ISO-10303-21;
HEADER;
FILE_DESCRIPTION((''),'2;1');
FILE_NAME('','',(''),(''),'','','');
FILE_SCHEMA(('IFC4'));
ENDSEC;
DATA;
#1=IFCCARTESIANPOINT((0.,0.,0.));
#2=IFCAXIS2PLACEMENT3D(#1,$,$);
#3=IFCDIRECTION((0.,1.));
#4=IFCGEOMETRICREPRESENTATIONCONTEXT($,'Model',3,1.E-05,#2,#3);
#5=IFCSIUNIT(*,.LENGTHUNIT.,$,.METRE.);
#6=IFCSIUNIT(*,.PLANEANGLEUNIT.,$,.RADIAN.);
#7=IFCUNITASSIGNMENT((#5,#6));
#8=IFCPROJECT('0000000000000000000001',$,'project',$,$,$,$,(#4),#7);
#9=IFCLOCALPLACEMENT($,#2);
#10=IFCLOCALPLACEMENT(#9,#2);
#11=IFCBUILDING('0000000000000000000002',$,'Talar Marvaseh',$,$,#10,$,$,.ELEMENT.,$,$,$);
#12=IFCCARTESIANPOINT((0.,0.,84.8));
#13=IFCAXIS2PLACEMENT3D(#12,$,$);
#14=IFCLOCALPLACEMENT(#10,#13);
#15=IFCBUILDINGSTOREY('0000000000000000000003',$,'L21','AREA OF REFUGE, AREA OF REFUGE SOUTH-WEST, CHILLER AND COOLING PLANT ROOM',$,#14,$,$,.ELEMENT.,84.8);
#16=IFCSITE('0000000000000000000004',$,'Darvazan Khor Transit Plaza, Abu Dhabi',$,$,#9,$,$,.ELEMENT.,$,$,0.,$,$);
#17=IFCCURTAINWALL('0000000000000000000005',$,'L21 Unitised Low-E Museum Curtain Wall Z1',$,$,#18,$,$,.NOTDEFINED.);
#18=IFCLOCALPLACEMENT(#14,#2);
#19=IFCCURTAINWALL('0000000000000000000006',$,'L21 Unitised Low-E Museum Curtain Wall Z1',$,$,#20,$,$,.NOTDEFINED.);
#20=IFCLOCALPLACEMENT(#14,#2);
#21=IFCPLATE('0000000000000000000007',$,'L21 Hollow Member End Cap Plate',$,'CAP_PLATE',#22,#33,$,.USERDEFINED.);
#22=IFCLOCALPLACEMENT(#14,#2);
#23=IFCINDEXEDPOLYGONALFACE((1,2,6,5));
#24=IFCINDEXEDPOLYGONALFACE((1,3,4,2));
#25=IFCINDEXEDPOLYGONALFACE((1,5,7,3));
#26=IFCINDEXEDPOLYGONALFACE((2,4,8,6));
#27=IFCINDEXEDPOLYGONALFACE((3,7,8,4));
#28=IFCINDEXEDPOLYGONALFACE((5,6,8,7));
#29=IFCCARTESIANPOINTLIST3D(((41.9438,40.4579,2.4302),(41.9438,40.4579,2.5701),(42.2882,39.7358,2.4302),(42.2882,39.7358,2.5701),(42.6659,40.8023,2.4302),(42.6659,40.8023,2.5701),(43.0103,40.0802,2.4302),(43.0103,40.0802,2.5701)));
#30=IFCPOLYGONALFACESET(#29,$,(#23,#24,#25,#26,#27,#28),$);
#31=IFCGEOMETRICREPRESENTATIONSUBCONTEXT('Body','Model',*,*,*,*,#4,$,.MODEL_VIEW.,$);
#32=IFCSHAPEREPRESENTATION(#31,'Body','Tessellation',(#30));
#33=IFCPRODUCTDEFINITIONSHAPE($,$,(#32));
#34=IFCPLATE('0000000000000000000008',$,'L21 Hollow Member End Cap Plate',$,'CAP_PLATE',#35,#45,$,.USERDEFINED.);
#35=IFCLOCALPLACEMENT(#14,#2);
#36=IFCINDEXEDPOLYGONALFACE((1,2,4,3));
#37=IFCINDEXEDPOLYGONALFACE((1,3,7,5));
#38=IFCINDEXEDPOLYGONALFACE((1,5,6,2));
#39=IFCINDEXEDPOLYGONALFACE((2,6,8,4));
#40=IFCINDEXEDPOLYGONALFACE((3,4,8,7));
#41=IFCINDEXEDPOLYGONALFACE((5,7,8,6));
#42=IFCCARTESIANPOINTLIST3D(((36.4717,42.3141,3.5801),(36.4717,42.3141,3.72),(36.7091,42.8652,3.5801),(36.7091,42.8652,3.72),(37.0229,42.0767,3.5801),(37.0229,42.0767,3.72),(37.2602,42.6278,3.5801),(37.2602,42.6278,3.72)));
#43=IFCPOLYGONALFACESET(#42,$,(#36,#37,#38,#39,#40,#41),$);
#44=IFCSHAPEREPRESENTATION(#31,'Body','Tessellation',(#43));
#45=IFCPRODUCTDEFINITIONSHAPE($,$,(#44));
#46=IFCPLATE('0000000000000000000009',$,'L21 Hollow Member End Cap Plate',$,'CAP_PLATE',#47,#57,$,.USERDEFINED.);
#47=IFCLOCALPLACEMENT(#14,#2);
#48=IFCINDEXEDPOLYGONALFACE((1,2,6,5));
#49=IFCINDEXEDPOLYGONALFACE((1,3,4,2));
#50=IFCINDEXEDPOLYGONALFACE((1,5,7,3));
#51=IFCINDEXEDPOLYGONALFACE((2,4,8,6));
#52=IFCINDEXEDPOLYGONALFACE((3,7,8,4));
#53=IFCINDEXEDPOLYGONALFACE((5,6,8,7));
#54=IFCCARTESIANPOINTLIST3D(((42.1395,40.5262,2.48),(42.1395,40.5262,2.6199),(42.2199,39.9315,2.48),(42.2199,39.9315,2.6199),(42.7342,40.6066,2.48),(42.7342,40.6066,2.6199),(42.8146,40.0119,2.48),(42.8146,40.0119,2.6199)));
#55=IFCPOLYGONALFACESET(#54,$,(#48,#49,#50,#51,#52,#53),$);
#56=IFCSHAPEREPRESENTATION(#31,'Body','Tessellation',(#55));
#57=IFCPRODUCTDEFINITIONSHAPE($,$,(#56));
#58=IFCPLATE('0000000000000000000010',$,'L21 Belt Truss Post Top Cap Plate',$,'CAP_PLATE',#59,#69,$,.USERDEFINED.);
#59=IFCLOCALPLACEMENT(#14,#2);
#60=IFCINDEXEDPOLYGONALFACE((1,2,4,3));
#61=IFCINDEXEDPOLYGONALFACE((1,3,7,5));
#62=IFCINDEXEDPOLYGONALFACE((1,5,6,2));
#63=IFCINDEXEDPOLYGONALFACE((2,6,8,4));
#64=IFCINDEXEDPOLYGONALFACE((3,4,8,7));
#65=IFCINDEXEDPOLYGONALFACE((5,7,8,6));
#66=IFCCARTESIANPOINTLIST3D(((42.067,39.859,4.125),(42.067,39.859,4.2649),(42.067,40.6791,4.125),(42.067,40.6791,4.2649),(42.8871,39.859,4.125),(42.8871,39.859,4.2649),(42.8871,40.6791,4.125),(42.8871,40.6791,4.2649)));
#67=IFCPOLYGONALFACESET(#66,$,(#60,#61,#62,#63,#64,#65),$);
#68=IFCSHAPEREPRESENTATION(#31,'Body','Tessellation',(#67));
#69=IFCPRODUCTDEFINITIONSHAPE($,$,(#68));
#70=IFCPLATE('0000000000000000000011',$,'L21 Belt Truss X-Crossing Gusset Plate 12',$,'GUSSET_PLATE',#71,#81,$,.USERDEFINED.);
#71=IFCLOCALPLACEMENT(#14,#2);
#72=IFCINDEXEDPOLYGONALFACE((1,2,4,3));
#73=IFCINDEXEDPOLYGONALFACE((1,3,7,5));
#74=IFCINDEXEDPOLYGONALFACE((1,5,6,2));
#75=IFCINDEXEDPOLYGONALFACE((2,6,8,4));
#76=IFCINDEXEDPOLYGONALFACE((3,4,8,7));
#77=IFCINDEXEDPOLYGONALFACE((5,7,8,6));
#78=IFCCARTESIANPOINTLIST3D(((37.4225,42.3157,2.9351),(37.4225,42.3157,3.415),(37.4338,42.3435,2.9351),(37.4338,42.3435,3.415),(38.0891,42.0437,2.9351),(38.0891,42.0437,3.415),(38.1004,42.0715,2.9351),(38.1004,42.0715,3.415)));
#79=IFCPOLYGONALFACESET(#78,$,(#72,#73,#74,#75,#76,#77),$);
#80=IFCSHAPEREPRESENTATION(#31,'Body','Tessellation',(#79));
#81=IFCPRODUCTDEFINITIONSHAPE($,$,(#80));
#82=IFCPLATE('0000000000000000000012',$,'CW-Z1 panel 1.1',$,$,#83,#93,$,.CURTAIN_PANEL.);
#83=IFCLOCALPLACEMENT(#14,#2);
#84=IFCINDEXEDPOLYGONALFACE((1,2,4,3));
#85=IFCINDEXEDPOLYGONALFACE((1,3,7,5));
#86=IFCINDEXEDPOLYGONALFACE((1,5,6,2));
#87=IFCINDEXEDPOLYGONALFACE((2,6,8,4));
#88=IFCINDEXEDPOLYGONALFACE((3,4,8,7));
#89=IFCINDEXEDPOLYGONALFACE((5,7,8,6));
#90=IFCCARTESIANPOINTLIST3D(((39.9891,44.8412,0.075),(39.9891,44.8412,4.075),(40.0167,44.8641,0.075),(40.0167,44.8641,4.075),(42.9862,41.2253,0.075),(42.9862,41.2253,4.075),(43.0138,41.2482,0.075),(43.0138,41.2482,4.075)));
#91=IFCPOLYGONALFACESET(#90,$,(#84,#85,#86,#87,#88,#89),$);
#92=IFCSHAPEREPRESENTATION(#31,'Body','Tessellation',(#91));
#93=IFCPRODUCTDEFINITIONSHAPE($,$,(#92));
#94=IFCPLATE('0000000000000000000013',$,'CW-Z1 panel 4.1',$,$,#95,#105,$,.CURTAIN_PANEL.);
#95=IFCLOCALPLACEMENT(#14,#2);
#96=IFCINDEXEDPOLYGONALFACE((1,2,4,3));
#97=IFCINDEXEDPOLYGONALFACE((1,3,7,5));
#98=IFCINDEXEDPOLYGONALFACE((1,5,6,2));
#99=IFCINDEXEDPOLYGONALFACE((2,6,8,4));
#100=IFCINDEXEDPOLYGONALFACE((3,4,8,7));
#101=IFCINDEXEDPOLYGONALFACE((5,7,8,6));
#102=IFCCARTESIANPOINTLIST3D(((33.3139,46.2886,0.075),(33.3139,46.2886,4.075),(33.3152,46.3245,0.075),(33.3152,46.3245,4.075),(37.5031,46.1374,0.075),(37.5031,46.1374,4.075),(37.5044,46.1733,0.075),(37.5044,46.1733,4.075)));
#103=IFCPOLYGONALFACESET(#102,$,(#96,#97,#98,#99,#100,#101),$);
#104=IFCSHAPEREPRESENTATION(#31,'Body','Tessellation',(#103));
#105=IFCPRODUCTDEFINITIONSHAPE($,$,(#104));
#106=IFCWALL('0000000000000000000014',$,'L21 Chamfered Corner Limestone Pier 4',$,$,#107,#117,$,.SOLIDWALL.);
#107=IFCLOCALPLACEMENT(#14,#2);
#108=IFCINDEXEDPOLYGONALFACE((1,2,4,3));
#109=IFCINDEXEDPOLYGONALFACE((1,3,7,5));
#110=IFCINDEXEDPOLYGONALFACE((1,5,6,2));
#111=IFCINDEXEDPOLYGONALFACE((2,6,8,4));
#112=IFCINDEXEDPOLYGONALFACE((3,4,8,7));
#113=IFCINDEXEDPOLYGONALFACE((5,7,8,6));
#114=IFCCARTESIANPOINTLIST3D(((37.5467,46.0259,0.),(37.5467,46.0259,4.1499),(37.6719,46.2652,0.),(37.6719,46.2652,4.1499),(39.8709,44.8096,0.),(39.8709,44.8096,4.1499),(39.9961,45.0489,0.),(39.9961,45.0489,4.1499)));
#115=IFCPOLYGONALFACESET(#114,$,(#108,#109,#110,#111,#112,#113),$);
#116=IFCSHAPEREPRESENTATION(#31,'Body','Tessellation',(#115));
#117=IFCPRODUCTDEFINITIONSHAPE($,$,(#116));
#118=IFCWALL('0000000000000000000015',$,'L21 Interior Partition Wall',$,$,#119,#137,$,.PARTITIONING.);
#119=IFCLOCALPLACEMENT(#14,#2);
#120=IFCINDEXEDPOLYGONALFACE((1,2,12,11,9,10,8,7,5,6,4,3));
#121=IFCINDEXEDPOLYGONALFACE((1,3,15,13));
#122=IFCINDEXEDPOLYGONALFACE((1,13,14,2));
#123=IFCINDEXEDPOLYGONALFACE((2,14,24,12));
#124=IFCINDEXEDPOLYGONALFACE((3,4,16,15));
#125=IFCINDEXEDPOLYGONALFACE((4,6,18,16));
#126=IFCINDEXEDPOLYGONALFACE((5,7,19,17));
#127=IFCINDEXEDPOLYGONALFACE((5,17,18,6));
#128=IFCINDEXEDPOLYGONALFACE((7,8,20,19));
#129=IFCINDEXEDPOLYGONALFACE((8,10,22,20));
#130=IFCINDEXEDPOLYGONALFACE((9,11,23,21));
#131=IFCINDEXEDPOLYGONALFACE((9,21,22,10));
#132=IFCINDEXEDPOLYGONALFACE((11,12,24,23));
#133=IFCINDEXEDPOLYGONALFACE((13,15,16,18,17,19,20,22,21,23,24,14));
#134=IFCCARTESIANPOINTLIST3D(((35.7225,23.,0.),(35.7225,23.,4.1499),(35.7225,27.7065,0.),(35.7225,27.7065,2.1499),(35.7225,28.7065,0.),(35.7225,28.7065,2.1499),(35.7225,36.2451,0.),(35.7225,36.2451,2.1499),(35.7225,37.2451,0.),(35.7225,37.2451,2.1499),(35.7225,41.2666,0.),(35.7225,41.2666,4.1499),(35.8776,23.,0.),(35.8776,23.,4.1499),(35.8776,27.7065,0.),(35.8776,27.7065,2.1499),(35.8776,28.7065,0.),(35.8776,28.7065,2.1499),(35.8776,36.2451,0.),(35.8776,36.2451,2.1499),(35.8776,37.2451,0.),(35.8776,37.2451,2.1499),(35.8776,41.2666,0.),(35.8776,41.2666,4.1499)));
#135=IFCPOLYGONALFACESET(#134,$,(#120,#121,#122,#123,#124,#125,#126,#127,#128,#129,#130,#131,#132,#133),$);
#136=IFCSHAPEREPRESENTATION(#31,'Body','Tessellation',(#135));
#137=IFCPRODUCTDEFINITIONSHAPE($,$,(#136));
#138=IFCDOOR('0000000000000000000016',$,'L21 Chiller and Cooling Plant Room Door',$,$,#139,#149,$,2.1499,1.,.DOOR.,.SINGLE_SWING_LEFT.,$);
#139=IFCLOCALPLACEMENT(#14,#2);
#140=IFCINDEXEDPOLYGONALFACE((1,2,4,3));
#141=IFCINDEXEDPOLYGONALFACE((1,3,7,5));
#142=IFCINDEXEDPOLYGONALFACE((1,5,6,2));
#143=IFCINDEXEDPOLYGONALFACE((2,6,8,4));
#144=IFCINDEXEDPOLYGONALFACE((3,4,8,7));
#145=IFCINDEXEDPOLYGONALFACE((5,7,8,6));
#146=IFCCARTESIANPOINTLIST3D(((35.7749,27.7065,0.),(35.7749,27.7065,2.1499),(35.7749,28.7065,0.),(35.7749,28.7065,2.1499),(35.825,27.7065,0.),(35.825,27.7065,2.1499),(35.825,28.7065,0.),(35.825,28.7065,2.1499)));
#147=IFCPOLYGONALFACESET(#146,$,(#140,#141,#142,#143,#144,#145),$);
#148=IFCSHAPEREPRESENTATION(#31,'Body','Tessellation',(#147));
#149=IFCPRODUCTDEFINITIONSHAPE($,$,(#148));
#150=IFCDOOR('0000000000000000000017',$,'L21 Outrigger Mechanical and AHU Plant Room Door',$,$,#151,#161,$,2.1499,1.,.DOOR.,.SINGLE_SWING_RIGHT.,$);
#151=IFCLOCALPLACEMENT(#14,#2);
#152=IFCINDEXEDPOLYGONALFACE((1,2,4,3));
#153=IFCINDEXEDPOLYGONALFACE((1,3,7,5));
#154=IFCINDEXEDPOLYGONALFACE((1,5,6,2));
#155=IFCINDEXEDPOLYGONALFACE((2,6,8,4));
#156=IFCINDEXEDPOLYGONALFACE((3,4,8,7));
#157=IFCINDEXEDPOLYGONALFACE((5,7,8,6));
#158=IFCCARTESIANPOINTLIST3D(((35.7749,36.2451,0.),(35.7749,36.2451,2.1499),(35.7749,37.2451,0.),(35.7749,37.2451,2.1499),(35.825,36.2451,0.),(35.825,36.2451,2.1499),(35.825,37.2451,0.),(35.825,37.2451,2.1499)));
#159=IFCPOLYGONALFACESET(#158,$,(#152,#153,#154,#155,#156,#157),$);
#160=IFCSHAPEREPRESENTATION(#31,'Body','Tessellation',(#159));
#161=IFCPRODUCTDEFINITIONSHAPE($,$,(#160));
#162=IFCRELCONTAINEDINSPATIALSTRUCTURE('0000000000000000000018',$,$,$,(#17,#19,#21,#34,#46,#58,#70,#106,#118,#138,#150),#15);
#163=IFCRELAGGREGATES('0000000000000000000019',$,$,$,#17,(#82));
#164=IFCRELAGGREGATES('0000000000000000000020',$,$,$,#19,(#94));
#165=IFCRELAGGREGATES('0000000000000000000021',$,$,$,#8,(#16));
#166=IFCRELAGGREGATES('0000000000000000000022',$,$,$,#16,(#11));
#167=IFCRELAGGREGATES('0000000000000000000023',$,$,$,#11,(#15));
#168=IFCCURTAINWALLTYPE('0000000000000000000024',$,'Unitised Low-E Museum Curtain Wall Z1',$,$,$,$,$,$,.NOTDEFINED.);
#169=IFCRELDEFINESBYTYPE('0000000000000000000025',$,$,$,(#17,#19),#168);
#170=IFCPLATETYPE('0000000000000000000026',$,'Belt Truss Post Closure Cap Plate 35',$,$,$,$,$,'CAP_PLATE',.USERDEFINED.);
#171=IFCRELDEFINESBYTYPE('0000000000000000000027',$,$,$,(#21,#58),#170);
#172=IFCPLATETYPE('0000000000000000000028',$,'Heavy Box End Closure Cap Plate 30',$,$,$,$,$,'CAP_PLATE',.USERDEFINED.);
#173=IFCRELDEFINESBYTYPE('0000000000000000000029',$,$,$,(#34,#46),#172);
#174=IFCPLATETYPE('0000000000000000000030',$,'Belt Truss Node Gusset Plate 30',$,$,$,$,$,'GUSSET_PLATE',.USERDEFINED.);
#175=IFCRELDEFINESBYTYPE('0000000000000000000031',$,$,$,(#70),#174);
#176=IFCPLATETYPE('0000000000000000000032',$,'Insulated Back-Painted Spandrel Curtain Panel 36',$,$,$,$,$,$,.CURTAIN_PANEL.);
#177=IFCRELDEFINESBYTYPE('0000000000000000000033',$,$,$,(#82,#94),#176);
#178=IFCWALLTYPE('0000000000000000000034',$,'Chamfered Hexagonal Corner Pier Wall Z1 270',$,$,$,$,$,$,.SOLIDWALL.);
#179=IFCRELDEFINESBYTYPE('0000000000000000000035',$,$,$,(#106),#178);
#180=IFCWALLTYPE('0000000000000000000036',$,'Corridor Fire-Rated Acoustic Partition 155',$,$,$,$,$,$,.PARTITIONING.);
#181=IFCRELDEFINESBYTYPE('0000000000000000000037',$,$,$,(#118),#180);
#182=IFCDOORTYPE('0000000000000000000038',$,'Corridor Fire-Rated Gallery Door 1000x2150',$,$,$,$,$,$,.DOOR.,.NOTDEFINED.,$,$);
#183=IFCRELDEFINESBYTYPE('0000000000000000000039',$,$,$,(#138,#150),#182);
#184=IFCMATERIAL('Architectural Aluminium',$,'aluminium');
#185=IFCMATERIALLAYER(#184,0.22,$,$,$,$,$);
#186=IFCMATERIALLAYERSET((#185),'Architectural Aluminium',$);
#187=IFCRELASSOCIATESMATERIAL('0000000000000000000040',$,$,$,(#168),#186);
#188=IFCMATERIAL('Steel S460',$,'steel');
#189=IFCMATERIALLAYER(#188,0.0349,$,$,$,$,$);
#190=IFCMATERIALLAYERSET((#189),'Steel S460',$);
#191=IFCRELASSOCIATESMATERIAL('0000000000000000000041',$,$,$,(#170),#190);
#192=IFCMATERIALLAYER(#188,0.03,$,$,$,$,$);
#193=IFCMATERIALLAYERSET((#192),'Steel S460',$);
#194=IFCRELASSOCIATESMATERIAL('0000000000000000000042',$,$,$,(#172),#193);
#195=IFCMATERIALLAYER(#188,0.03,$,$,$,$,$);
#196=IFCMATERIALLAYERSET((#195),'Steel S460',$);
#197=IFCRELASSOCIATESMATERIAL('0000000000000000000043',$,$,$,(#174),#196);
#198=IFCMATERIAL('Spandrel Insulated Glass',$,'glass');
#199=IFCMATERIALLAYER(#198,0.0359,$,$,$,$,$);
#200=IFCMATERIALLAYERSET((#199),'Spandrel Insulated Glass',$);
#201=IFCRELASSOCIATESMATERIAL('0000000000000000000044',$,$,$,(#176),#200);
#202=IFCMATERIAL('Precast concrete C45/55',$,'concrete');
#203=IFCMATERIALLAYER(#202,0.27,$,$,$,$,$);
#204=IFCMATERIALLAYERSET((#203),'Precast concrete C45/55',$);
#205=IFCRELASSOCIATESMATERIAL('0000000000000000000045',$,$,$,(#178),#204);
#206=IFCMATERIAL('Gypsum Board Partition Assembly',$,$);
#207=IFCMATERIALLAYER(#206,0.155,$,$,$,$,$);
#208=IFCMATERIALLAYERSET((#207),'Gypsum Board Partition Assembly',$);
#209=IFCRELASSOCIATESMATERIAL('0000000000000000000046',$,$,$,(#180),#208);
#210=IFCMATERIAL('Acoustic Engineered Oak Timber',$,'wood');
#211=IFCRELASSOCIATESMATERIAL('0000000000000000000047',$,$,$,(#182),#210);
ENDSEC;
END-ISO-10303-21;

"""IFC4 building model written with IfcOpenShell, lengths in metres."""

from ifc_helpers import new_model, si_unit, direction, frame, frame_2d, origin, origin_2d, place, context, subcontext, project, spatial, rectangle, extrude, source, transform, mapped, material, layer, layer_set, type_object, type_shapes, element, fill, aggregate, save


model = new_model("IFC4")

# Units and contexts
model_context = context("Model", 3, precision=1e-05, world=origin(), true_north=direction((0.0, 1.0)))
body_context = subcontext(model_context, "Body", "Model", "MODEL_VIEW")
ifc_project = project(units=[si_unit("LENGTHUNIT", "METRE"), si_unit("PLANEANGLEUNIT", "RADIAN")], contexts=[model_context])

# Site, building, storey
site_placement = place(None, origin())
site = spatial("IfcSite", under=ifc_project, at=site_placement, Name="Darvazan Khor Transit Plaza, Abu Dhabi", CompositionType="ELEMENT", RefElevation=0.0)
building_placement = place(site_placement, origin())
building = spatial("IfcBuilding", under=site, at=building_placement, Name="Talar Marvaseh", CompositionType="ELEMENT")
storey_placement = place(building_placement, frame((0.0, 0.0, 84.8)))
storey = spatial("IfcBuildingStorey", under=building, at=storey_placement, Name="L21", Description="AREA OF REFUGE, AREA OF REFUGE SOUTH-WEST, CHILLER AND COOLING PLANT ROOM", CompositionType="ELEMENT", Elevation=84.8)

# Shared definitions
ifc_material_1 = material(Name="Steel S460", Category="steel")

# Curtain walls
ifc_material_2 = material(Name="Architectural Aluminium", Category="aluminium")
ifc_layer_1 = layer(ifc_material_2, 0.22)
ifc_layer_set_1 = layer_set([ifc_layer_1], Name="Architectural Aluminium")
curtain_wall_type = type_object("IfcCurtainWallType", Name="Unitised Low-E Museum Curtain Wall Z1", PredefinedType="NOTDEFINED", material=ifc_layer_set_1)
curtain_wall_1_placement = place(storey_placement, origin())
curtain_wall_1 = element("IfcCurtainWall", 1, at=curtain_wall_1_placement, inside=storey, type_object=curtain_wall_type, Name="L21 Unitised Low-E Museum Curtain Wall Z1", PredefinedType="NOTDEFINED")
curtain_wall_2_placement = place(storey_placement, origin())
curtain_wall_2 = element("IfcCurtainWall", 2, at=curtain_wall_2_placement, inside=storey, type_object=curtain_wall_type, Name="L21 Unitised Low-E Museum Curtain Wall Z1", PredefinedType="NOTDEFINED")

# Plates
ifc_layer_2 = layer(ifc_material_1, 0.0349)
ifc_layer_set_2 = layer_set([ifc_layer_2], Name="Steel S460")
plate_type_1 = type_object("IfcPlateType", Name="Belt Truss Post Closure Cap Plate 35", ElementType="CAP_PLATE", PredefinedType="USERDEFINED", material=ifc_layer_set_2)
shared_shape_1 = source(origin(), body_context, "Body", "SweptSolid", [
    extrude(rectangle(XDim=0.8, YDim=0.8, at=origin_2d()), origin(), (0.0, 0.0, 1.0), 0.1399),
])
plate_1_placement = place(storey_placement, frame((42.4771, 40.269, 2.4302), z_axis=(0.0, 0.0, 1.0), x_axis=(0.430511, -0.902585, 0.0)))
element("IfcPlate", 3, at=plate_1_placement, inside=storey, type_object=plate_type_1, Name="L21 Hollow Member End Cap Plate", ObjectType="CAP_PLATE", PredefinedType="USERDEFINED", context=body_context, shape_type="MappedRepresentation", body=[
    mapped(shared_shape_1, transform((0.0, 0.0, 0.0), x_axis=(1.0, 0.0, 0.0), y_axis=(0.0, 1.0, 0.0), z_axis=(0.0, 0.0, 1.0), scale=1.0)),
])
ifc_layer_3 = layer(ifc_material_1, 0.03)
ifc_layer_set_3 = layer_set([ifc_layer_3], Name="Steel S460")
plate_type_2 = type_object("IfcPlateType", Name="Heavy Box End Closure Cap Plate 30", ElementType="CAP_PLATE", PredefinedType="USERDEFINED", material=ifc_layer_set_3)
shared_shape_2 = source(origin(), body_context, "Body", "SweptSolid", [
    extrude(rectangle(XDim=0.6001, YDim=0.6001, at=origin_2d()), origin(), (0.0, 0.0, 1.0), 0.1399),
])
type_shapes(plate_type_2, [shared_shape_2])
for number, where, z_axis, x_axis, name in (
    (4, (36.866, 42.4709, 3.5801), (0.0, 0.0, 1.0), (0.918446, -0.395546, 0.0), "L21 Hollow Member End Cap Plate"),
    (5, (42.4771, 40.269, 2.48), (0.0, 0.0, 1.0), (0.133986, -0.990983, 0.0), "L21 Hollow Member End Cap Plate"),
):
    element("IfcPlate", number, at=place(storey_placement, frame(where, z_axis=z_axis, x_axis=x_axis)), inside=storey, type_object=plate_type_2, Name=name, ObjectType="CAP_PLATE", PredefinedType="USERDEFINED", context=body_context, shape_type="MappedRepresentation", body=[
        mapped(shared_shape_2, transform((0.0, 0.0, 0.0), x_axis=(1.0, 0.0, 0.0), y_axis=(0.0, 1.0, 0.0), z_axis=(0.0, 0.0, 1.0), scale=1.0)),
    ])
shared_shape_3 = source(origin(), body_context, "Body", "SweptSolid", [
    extrude(rectangle(XDim=0.8201, YDim=0.8201, at=origin_2d()), origin(), (0.0, 0.0, 1.0), 0.1399),
])
type_shapes(plate_type_1, [shared_shape_1, shared_shape_3])
plate_2_placement = place(storey_placement, frame((42.4771, 40.269, 4.125), z_axis=(0.0, 0.0, 1.0), x_axis=(1.0, 0.0, 0.0)))
element("IfcPlate", 6, at=plate_2_placement, inside=storey, type_object=plate_type_1, Name="L21 Belt Truss Post Top Cap Plate", ObjectType="CAP_PLATE", PredefinedType="USERDEFINED", context=body_context, shape_type="MappedRepresentation", body=[
    mapped(shared_shape_3, transform((0.0, 0.0, 0.0), x_axis=(1.0, 0.0, 0.0), y_axis=(0.0, 1.0, 0.0), z_axis=(0.0, 0.0, 1.0), scale=1.0)),
])
ifc_layer_4 = layer(ifc_material_1, 0.03)
ifc_layer_set_4 = layer_set([ifc_layer_4], Name="Steel S460")
plate_type_3 = type_object("IfcPlateType", Name="Belt Truss Node Gusset Plate 30", ElementType="GUSSET_PLATE", PredefinedType="USERDEFINED", material=ifc_layer_set_4)
shared_shape_4 = source(origin(), body_context, "Body", "SweptSolid", [
    extrude(rectangle(XDim=0.72, YDim=0.03, at=origin_2d()), origin(), (0.0, 0.0, 1.0), 0.48),
])
type_shapes(plate_type_3, [shared_shape_4])
plate_3_placement = place(storey_placement, frame((37.7615, 42.1936, 2.9351), z_axis=(0.0, 0.0, 1.0), x_axis=(0.925871, -0.377841, 0.0)))
element("IfcPlate", 7, at=plate_3_placement, inside=storey, type_object=plate_type_3, Name="L21 Belt Truss X-Crossing Gusset Plate 12", ObjectType="GUSSET_PLATE", PredefinedType="USERDEFINED", context=body_context, shape_type="MappedRepresentation", body=[
    mapped(shared_shape_4, transform((0.0, 0.0, 0.0), x_axis=(1.0, 0.0, 0.0), y_axis=(0.0, 1.0, 0.0), z_axis=(0.0, 0.0, 1.0), scale=1.0)),
])

# Plates
ifc_material_3 = material(Name="Spandrel Insulated Glass", Category="glass")
ifc_layer_5 = layer(ifc_material_3, 0.0359)
ifc_layer_set_5 = layer_set([ifc_layer_5], Name="Spandrel Insulated Glass")
plate_type_4 = type_object("IfcPlateType", Name="Insulated Back-Painted Spandrel Curtain Panel 36", PredefinedType="CURTAIN_PANEL", material=ifc_layer_set_5)
shared_shape_5 = source(origin(), body_context, "Body", "SweptSolid", [
    extrude(rectangle(XDim=4.6965, YDim=0.0359, at=origin_2d()), origin(), (0.0, 0.0, 1.0), 4.0),
])
plate_4_placement = place(storey_placement, frame((41.5015, 43.0447, 0.075), z_axis=(0.0, 0.0, 1.0), x_axis=(0.638147, -0.769915, 0.0)))
plate_4 = element("IfcPlate", 8, at=plate_4_placement, type_object=plate_type_4, Name="CW-Z1 panel 1.1", PredefinedType="CURTAIN_PANEL", context=body_context, shape_type="MappedRepresentation", body=[
    mapped(shared_shape_5, transform((0.0, 0.0, 0.0), x_axis=(1.0, 0.0, 0.0), y_axis=(0.0, 1.0, 0.0), z_axis=(0.0, 0.0, 1.0), scale=1.0)),
])
aggregate(curtain_wall_1, [plate_4])
shared_shape_6 = source(origin(), body_context, "Body", "SweptSolid", [
    extrude(rectangle(XDim=4.1919, YDim=0.0359, at=origin_2d()), origin(), (0.0, 0.0, 1.0), 4.0),
])
type_shapes(plate_type_4, [shared_shape_5, shared_shape_6])
plate_5_placement = place(storey_placement, frame((35.4092, 46.231, 0.075), z_axis=(0.0, 0.0, 1.0), x_axis=(0.999349, -0.036081, 0.0)))
plate_5 = element("IfcPlate", 9, at=plate_5_placement, type_object=plate_type_4, Name="CW-Z1 panel 4.1", PredefinedType="CURTAIN_PANEL", context=body_context, shape_type="MappedRepresentation", body=[
    mapped(shared_shape_6, transform((0.0, 0.0, 0.0), x_axis=(1.0, 0.0, 0.0), y_axis=(0.0, 1.0, 0.0), z_axis=(0.0, 0.0, 1.0), scale=1.0)),
])
aggregate(curtain_wall_2, [plate_5])

# Wall
ifc_material_4 = material(Name="Precast concrete C45/55", Category="concrete")
ifc_layer_6 = layer(ifc_material_4, 0.27)
ifc_layer_set_6 = layer_set([ifc_layer_6], Name="Precast concrete C45/55")
wall_type_1 = type_object("IfcWallType", Name="Chamfered Hexagonal Corner Pier Wall Z1 270", PredefinedType="SOLIDWALL", material=ifc_layer_set_6)
wall_1_placement = place(storey_placement, frame((37.6094, 46.1455, 0.0), z_axis=(0.0, 0.0, 1.0), x_axis=(0.88601, -0.463666, 0.0)))
element("IfcWall", 10, at=wall_1_placement, inside=storey, type_object=wall_type_1, Name="L21 Chamfered Corner Limestone Pier 4", PredefinedType="SOLIDWALL", context=body_context, shape_type="SweptSolid", body=[
    extrude(rectangle(XDim=2.6233, YDim=0.27, at=frame_2d((1.3115, 0.0))), origin(), (0.0, 0.0, 1.0), 4.1499),
])

# Wall, openings, doors
ifc_material_5 = material(Name="Gypsum Board Partition Assembly")
ifc_layer_7 = layer(ifc_material_5, 0.155)
ifc_layer_set_7 = layer_set([ifc_layer_7], Name="Gypsum Board Partition Assembly")
wall_type_2 = type_object("IfcWallType", Name="Corridor Fire-Rated Acoustic Partition 155", PredefinedType="PARTITIONING", material=ifc_layer_set_7)
wall_2_placement = place(storey_placement, frame((35.8, 41.2666, 0.0), z_axis=(0.0, 0.0, 1.0), x_axis=(0.0, -1.0, 0.0)))
wall_2 = element("IfcWall", 11, at=wall_2_placement, inside=storey, type_object=wall_type_2, Name="L21 Interior Partition Wall", PredefinedType="PARTITIONING", context=body_context, shape_type="SweptSolid", body=[
    extrude(rectangle(XDim=18.2666, YDim=0.155, at=frame_2d((9.1333, 0.0))), origin(), (0.0, 0.0, 1.0), 4.1499),
])
opening_1_placement = place(wall_2_placement, frame((12.5601, 0.0, 0.0)))
opening_1 = element("IfcOpeningElement", 12, at=opening_1_placement, cuts=wall_2, PredefinedType="OPENING", context=body_context, shape_type="SweptSolid", body=[
    extrude(rectangle(XDim=1.0, YDim=2.1499, at=frame_2d((0.5, 1.075))), frame((0.0, 0.0874, 0.0), z_axis=(0.0, -1.0, 0.0), x_axis=(1.0, 0.0, 0.0)), (0.0, 0.0, 1.0), 0.175),
])
opening_2_placement = place(wall_2_placement, frame((4.0215, 0.0, 0.0)))
opening_2 = element("IfcOpeningElement", 13, at=opening_2_placement, cuts=wall_2, PredefinedType="OPENING", context=body_context, shape_type="SweptSolid", body=[
    extrude(rectangle(XDim=1.0, YDim=2.1499, at=frame_2d((0.5, 1.075))), frame((0.0, 0.0874, 0.0), z_axis=(0.0, -1.0, 0.0), x_axis=(1.0, 0.0, 0.0)), (0.0, 0.0, 1.0), 0.175),
])
ifc_material_6 = material(Name="Acoustic Engineered Oak Timber", Category="wood")
door_type = type_object("IfcDoorType", Name="Corridor Fire-Rated Gallery Door 1000x2150", OperationType="NOTDEFINED", PredefinedType="DOOR", material=ifc_material_6)
shared_shape_7 = source(origin(), body_context, "Body", "SweptSolid", [
    extrude(rectangle(XDim=1.0, YDim=2.1499, at=frame_2d((0.5, 1.075))), frame((0.0, 0.0249, 0.0), z_axis=(0.0, -1.0, 0.0), x_axis=(1.0, 0.0, 0.0)), (0.0, 0.0, 1.0), 0.05),
])
type_shapes(door_type, [shared_shape_7])
door_1_placement = place(opening_1_placement, origin())
door_1 = element("IfcDoor", 14, at=door_1_placement, inside=storey, type_object=door_type, Name="L21 Chiller and Cooling Plant Room Door", OperationType="SINGLE_SWING_LEFT", OverallHeight=2.1499, OverallWidth=1.0, PredefinedType="DOOR", context=body_context, shape_type="MappedRepresentation", body=[
    mapped(shared_shape_7, transform((0.0, 0.0, 0.0), x_axis=(1.0, 0.0, 0.0), y_axis=(0.0, 1.0, 0.0), z_axis=(0.0, 0.0, 1.0), scale=1.0)),
])
fill(opening_1, door_1)
door_2_placement = place(opening_2_placement, origin())
door_2 = element("IfcDoor", 15, at=door_2_placement, inside=storey, type_object=door_type, Name="L21 Outrigger Mechanical and AHU Plant Room Door", OperationType="SINGLE_SWING_RIGHT", OverallHeight=2.1499, OverallWidth=1.0, PredefinedType="DOOR", context=body_context, shape_type="MappedRepresentation", body=[
    mapped(shared_shape_7, transform((0.0, 0.0, 0.0), x_axis=(1.0, 0.0, 0.0), y_axis=(0.0, 1.0, 0.0), z_axis=(0.0, 0.0, 1.0), scale=1.0)),
])
fill(opening_2, door_2)

save(model, "model.ifc")
